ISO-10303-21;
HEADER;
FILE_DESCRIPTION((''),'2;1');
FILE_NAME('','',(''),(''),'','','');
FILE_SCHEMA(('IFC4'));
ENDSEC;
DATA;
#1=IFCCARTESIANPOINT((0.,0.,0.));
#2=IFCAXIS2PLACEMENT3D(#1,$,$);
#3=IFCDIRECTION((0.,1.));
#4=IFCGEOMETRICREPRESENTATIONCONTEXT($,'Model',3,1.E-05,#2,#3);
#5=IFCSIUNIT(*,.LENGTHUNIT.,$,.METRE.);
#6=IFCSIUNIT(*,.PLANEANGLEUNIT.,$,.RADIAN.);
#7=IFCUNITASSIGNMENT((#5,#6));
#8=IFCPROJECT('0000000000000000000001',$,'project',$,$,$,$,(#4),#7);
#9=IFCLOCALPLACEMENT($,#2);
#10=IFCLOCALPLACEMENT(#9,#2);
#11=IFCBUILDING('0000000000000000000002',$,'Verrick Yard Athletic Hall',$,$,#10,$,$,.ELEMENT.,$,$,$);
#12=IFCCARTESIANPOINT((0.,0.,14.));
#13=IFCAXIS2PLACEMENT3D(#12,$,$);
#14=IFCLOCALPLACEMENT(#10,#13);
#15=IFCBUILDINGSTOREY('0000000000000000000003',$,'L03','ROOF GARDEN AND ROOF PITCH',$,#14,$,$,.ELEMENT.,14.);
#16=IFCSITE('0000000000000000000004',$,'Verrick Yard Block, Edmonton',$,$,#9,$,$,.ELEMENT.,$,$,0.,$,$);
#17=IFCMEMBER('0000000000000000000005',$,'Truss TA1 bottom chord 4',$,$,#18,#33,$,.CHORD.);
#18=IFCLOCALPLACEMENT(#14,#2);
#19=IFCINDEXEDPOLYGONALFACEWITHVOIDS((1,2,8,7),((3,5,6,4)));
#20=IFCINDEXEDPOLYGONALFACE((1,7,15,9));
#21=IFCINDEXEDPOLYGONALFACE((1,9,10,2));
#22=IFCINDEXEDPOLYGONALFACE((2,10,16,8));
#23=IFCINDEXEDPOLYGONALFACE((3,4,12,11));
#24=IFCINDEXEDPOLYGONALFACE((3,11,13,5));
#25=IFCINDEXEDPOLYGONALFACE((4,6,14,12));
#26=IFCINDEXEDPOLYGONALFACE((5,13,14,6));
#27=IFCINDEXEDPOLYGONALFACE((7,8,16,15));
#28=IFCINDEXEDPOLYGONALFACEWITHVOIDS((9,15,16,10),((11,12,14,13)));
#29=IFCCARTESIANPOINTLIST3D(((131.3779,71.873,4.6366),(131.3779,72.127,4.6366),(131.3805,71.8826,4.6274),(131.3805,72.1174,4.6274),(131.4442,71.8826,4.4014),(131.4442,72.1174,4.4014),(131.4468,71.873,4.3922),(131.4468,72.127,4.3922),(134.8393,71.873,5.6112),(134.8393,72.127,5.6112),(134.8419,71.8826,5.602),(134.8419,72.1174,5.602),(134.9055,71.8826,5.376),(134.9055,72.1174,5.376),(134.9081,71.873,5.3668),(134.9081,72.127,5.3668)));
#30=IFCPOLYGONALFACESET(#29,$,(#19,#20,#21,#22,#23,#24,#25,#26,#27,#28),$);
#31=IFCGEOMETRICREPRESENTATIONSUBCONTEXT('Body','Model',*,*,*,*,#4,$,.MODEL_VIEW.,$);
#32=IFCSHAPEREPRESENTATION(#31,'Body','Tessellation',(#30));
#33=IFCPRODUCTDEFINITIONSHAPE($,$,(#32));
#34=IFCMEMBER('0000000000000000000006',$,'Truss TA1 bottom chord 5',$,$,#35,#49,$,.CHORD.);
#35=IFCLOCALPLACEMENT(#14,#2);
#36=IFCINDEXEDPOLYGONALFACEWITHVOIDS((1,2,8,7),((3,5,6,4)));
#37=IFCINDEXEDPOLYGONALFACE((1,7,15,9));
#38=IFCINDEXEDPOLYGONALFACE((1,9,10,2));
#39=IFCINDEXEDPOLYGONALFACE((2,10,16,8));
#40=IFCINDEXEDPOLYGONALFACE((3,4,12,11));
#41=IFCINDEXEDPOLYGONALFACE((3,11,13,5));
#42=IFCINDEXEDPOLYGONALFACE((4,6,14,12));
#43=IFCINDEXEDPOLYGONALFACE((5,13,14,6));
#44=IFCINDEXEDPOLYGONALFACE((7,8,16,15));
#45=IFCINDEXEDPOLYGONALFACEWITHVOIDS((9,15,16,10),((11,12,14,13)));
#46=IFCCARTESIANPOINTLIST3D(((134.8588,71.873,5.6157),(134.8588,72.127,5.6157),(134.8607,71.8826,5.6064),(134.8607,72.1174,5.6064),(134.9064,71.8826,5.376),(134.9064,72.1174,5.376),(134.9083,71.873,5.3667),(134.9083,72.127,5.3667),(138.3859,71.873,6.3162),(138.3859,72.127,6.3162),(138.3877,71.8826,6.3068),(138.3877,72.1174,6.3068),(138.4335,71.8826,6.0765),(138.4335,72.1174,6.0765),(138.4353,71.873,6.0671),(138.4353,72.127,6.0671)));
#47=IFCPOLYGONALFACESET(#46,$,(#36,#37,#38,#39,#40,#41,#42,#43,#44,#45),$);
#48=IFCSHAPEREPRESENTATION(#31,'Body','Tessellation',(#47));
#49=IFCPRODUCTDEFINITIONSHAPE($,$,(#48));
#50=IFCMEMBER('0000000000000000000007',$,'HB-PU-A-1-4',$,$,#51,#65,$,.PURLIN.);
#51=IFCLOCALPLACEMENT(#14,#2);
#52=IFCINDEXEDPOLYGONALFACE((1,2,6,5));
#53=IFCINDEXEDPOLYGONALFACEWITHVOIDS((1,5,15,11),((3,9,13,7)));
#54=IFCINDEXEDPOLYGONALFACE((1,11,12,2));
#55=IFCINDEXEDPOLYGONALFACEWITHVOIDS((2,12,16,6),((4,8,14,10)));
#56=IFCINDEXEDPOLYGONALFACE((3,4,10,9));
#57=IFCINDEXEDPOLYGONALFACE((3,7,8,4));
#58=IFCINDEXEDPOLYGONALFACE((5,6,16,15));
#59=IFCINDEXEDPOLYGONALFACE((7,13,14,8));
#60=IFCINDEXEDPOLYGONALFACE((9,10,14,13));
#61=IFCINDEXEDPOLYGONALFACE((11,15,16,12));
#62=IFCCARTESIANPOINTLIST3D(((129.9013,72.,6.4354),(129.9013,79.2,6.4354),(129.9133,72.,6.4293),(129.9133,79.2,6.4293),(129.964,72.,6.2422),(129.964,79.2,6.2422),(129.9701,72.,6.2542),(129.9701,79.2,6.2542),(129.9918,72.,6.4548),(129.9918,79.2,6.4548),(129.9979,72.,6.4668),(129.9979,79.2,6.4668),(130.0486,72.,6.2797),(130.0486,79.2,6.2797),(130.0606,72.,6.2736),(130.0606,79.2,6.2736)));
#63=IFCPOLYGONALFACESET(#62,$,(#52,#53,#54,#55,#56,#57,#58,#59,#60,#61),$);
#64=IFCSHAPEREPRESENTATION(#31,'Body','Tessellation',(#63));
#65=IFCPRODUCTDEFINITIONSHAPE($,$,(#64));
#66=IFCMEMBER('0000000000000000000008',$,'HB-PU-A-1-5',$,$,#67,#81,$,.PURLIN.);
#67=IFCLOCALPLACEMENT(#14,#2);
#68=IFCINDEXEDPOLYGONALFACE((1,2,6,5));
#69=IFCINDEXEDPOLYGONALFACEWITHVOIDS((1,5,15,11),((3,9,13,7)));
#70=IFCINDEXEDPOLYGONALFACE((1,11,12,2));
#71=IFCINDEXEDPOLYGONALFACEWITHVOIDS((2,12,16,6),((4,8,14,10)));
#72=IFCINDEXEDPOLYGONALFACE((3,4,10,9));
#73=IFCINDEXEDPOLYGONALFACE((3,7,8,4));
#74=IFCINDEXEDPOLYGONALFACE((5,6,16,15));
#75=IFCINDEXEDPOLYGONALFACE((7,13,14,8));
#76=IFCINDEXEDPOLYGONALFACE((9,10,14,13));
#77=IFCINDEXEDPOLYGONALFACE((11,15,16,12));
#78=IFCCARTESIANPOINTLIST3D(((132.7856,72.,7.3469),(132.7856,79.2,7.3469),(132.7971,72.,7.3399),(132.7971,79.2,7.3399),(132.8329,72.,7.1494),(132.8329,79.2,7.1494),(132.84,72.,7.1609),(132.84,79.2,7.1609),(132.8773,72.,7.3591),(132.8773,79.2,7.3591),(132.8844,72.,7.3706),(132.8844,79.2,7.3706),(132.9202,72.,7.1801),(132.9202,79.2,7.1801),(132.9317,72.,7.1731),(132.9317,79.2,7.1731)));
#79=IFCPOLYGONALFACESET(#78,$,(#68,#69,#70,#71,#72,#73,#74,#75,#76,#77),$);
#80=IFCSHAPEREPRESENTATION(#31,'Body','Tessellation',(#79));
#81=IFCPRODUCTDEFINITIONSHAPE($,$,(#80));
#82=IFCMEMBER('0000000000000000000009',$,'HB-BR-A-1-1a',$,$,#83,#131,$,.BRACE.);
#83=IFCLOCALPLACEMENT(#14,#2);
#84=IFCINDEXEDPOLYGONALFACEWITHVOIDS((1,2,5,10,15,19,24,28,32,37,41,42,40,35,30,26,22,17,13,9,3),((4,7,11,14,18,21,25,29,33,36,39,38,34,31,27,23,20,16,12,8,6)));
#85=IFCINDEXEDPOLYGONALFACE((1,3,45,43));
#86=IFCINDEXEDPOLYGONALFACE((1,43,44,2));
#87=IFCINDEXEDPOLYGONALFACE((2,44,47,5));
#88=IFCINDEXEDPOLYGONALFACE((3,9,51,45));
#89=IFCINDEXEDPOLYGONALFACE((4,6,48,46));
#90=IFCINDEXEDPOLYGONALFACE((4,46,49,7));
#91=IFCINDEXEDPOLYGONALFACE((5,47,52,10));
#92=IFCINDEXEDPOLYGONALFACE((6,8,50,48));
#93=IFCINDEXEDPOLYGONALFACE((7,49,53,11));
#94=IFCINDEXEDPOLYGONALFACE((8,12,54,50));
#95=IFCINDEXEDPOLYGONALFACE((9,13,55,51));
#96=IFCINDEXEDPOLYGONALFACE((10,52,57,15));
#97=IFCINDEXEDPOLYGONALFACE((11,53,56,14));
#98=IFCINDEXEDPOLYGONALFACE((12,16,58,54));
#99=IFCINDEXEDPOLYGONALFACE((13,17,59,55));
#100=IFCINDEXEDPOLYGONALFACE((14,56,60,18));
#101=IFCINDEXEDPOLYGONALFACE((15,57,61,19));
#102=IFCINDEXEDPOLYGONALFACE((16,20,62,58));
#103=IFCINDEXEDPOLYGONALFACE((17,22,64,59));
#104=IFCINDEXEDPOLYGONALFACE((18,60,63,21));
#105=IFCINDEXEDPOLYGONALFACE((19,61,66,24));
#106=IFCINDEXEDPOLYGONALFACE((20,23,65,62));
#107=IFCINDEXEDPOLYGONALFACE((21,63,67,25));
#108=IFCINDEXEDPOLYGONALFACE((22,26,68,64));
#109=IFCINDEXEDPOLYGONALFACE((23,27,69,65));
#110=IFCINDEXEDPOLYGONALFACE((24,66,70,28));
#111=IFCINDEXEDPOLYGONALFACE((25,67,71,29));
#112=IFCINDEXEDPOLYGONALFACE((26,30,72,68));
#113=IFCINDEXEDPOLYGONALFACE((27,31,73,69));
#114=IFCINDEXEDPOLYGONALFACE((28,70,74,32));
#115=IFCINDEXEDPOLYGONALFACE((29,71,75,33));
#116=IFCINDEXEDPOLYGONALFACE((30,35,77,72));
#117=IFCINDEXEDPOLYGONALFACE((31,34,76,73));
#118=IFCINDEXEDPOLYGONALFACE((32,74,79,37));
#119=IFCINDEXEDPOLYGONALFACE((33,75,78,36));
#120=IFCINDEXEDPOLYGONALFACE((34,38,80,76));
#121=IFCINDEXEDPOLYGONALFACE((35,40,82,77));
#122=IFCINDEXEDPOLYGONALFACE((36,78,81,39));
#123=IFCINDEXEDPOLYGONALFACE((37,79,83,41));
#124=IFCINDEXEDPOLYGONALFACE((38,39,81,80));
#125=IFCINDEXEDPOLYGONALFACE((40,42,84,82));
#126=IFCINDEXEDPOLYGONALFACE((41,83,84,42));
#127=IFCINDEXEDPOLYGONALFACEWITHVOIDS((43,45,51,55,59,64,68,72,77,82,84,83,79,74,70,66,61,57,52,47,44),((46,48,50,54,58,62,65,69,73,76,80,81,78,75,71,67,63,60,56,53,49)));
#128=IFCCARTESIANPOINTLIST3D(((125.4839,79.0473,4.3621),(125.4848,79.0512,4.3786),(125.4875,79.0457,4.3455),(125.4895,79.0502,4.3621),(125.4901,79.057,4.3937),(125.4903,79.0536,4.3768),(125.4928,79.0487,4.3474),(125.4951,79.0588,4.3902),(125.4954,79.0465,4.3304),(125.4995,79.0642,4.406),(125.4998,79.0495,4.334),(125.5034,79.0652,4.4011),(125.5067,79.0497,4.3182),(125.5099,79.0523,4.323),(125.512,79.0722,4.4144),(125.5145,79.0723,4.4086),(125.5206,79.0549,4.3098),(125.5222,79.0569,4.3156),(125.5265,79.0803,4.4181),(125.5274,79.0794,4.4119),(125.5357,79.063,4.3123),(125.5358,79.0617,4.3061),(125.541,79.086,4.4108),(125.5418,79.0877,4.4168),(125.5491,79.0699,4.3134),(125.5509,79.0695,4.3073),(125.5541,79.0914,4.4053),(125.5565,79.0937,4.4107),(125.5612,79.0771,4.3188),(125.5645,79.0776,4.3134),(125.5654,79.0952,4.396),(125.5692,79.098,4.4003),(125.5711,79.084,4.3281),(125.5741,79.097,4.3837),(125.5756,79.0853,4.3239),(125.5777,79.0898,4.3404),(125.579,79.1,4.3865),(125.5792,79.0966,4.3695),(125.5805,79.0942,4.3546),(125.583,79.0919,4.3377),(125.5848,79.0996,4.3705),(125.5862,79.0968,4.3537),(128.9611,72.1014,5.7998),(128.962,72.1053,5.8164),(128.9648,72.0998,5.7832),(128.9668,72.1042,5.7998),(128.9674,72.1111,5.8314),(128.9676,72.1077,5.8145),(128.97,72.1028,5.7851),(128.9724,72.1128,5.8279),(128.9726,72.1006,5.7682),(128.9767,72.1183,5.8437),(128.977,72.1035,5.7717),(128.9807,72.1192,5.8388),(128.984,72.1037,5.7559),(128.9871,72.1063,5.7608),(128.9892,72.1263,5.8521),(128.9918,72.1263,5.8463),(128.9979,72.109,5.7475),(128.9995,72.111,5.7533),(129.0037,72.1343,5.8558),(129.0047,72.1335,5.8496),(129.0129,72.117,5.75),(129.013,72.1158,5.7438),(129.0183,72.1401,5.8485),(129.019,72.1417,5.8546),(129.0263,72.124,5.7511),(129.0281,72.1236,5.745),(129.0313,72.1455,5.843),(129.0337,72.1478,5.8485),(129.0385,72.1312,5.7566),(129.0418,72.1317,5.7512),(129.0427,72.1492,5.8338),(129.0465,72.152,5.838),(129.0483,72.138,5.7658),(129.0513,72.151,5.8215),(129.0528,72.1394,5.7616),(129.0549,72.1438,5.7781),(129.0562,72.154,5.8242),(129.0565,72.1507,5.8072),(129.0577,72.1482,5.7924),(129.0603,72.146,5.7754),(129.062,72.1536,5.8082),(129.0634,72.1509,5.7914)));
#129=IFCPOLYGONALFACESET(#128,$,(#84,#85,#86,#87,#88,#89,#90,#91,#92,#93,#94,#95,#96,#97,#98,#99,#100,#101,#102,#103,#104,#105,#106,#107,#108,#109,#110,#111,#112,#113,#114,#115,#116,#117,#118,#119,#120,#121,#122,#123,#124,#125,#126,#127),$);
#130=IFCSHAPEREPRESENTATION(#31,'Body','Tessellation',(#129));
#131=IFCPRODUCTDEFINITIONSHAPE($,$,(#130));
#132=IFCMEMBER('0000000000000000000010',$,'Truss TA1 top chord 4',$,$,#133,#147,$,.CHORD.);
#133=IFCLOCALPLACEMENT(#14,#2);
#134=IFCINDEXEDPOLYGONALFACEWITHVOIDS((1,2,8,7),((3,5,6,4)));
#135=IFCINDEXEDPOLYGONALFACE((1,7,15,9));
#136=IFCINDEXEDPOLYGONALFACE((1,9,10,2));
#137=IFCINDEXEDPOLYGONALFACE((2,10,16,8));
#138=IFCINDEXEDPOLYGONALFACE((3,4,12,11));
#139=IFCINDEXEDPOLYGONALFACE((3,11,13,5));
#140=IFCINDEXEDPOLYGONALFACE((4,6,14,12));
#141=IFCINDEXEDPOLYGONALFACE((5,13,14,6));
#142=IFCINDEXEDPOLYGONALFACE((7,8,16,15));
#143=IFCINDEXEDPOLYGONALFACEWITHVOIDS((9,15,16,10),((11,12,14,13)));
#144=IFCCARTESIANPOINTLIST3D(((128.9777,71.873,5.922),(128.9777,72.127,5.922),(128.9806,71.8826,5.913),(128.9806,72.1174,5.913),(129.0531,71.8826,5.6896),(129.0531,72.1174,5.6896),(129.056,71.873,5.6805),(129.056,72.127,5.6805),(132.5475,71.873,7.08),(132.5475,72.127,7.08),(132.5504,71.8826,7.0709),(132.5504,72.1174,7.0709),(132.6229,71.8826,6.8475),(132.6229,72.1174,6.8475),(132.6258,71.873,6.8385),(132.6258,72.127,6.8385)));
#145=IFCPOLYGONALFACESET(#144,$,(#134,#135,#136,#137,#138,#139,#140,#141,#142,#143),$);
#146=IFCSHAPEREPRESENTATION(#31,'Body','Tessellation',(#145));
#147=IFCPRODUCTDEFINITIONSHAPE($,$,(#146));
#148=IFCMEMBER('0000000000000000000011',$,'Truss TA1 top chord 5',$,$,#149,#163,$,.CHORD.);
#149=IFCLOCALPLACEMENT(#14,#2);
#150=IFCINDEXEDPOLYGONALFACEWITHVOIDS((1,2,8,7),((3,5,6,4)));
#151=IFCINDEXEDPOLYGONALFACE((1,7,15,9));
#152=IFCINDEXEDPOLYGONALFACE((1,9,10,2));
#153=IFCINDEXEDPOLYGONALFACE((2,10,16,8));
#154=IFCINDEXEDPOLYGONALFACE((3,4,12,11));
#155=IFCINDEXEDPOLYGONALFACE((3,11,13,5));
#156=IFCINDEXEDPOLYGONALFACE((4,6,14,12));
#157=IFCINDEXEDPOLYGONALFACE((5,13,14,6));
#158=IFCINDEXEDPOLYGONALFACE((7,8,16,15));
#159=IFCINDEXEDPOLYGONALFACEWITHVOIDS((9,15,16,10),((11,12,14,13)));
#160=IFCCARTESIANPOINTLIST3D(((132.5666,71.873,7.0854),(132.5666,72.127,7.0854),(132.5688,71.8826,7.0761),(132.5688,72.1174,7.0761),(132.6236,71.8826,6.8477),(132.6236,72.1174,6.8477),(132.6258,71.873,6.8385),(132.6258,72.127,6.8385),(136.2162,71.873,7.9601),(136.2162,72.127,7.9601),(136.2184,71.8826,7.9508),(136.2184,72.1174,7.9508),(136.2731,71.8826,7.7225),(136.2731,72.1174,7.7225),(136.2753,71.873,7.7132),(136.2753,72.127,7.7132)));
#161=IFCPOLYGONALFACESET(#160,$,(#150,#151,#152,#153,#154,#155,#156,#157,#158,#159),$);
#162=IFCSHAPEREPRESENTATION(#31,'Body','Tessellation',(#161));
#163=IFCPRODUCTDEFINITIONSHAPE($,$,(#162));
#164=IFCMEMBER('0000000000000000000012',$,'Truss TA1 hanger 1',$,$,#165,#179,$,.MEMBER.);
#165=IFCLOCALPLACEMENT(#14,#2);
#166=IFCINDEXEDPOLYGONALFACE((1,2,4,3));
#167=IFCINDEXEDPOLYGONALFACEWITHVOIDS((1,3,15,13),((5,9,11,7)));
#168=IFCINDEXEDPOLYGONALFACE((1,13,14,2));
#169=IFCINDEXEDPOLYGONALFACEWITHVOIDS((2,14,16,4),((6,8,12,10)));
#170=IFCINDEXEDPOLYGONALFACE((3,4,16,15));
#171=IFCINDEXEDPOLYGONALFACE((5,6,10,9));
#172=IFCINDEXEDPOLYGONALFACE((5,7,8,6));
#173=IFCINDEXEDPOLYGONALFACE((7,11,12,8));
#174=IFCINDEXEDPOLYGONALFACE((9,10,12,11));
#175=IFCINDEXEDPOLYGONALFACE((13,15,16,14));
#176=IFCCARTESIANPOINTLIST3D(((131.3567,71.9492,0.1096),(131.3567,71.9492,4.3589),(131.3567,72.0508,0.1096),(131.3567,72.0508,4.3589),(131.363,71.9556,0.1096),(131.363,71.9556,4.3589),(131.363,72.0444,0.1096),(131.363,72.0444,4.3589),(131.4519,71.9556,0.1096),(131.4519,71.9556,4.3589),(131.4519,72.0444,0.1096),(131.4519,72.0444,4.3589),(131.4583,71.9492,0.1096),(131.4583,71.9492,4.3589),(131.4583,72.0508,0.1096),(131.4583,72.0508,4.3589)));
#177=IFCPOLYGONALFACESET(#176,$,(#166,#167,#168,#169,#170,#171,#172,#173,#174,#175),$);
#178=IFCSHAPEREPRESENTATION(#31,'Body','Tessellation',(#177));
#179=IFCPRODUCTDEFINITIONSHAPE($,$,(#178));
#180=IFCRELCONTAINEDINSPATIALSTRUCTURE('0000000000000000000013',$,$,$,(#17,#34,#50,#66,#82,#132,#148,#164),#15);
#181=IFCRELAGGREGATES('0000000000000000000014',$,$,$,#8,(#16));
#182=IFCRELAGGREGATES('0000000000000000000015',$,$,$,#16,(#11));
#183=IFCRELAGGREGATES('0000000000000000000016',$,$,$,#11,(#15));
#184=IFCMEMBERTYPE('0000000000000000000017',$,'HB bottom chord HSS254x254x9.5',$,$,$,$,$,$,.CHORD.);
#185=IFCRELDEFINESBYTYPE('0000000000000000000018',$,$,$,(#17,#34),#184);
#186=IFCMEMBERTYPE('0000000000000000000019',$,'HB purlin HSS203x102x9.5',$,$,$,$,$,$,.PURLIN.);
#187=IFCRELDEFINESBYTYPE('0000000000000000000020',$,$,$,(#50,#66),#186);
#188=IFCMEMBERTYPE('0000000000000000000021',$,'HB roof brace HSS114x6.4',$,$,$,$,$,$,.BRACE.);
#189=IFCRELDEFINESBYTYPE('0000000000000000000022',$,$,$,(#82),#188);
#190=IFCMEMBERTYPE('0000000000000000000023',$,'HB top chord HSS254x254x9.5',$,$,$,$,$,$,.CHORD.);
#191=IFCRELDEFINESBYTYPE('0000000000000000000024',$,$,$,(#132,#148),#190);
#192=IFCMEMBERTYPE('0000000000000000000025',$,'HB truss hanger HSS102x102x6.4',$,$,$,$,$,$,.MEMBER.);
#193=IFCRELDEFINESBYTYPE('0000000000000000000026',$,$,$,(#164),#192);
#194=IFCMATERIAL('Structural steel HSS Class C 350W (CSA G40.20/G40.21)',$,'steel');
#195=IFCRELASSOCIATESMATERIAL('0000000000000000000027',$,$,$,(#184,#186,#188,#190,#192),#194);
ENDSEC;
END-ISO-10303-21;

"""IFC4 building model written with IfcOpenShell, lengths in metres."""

from ifc_helpers import new_model, si_unit, direction, frame, origin, origin_2d, place, context, subcontext, project, spatial, hollow_rectangle, hollow_circle, extrude, material, material_profile, profile_set, type_object, element, save


model = new_model("IFC4")

# Units and contexts
model_context = context("Model", 3, precision=1e-05, world=origin(), true_north=direction((0.0, 1.0)))
body_context = subcontext(model_context, "Body", "Model", "MODEL_VIEW")
ifc_project = project(units=[si_unit("LENGTHUNIT", "METRE"), si_unit("PLANEANGLEUNIT", "RADIAN")], contexts=[model_context])

# Site, building, storey
site_placement = place(None, origin())
site = spatial("IfcSite", under=ifc_project, at=site_placement, Name="Verrick Yard Block, Edmonton", CompositionType="ELEMENT", RefElevation=0.0)
building_placement = place(site_placement, origin())
building = spatial("IfcBuilding", under=site, at=building_placement, Name="Verrick Yard Athletic Hall", CompositionType="ELEMENT")
storey_placement = place(building_placement, frame((0.0, 0.0, 14.0)))
storey = spatial("IfcBuildingStorey", under=building, at=storey_placement, Name="L03", Description="ROOF GARDEN AND ROOF PITCH", CompositionType="ELEMENT", Elevation=14.0)

# Members
ifc_material_1 = material(Name="Structural steel HSS Class C 350W (CSA G40.20/G40.21)", Category="steel")
ifc_material_profile_1 = material_profile(ifc_material_1, hollow_rectangle(XDim=0.2539, YDim=0.2539, WallThickness=0.0095, at=origin_2d()), Name="HSS254x254x9.5")
ifc_profile_set_1 = profile_set([ifc_material_profile_1], Name="Structural steel HSS Class C 350W (CSA G40.20/G40.21)")
member_type_1 = type_object("IfcMemberType", Name="HB bottom chord HSS254x254x9.5", PredefinedType="CHORD", material=ifc_profile_set_1)
for number, where, z_axis, x_axis, name in (
    (1, (131.4124, 72.0, 4.5144), (0.962572, 0.0, 0.271025), (0.0, 1.0, 0.0), "Truss TA1 bottom chord 4"),
    (2, (134.8835, 72.0, 5.4912), (0.980846, 0.0, 0.194784), (0.0, 1.0, 0.0), "Truss TA1 bottom chord 5"),
):
    element("IfcMember", number, at=place(storey_placement, frame(where, z_axis=z_axis, x_axis=x_axis)), inside=storey, type_object=member_type_1, Name=name, PredefinedType="CHORD", context=body_context, shape_type="SweptSolid", body=[
        extrude(hollow_rectangle(XDim=0.2539, YDim=0.2539, WallThickness=0.0095, at=origin_2d()), origin(), (0.0, 0.0, 1.0), 3.5959),
    ])
ifc_material_profile_2 = material_profile(ifc_material_1, hollow_rectangle(XDim=0.1016, YDim=0.2031, WallThickness=0.0095, at=origin_2d()), Name="HSS203x102x9.5")
ifc_profile_set_2 = profile_set([ifc_material_profile_2], Name="Structural steel HSS Class C 350W (CSA G40.20/G40.21)")
member_type_2 = type_object("IfcMemberType", Name="HB purlin HSS203x102x9.5", PredefinedType="PURLIN", material=ifc_profile_set_2)
for number, where, z_axis, x_axis, name in (
    (3, (129.981, 72.0, 6.3545), (0.0, 1.0, 0.0), (-0.951214, 0.0, -0.308533), "HB-PU-A-1-4"),
    (4, (132.8586, 72.0, 7.26), (0.0, 1.0, 0.0), (-0.972459, 0.0, -0.233074), "HB-PU-A-1-5"),
):
    element("IfcMember", number, at=place(storey_placement, frame(where, z_axis=z_axis, x_axis=x_axis)), inside=storey, type_object=member_type_2, Name=name, PredefinedType="PURLIN", context=body_context, shape_type="SweptSolid", body=[
        extrude(hollow_rectangle(XDim=0.1016, YDim=0.2031, WallThickness=0.0095, at=origin_2d()), origin(), (0.0, 0.0, 1.0), 7.2),
    ])
ifc_material_profile_3 = material_profile(ifc_material_1, hollow_circle(Radius=0.0571, WallThickness=0.0063, at=origin_2d()), Name="HSS114x6.4")
ifc_profile_set_3 = profile_set([ifc_material_profile_3], Name="Structural steel HSS Class C 350W (CSA G40.20/G40.21)")
member_type_3 = type_object("IfcMemberType", Name="HB roof brace HSS114x6.4", PredefinedType="BRACE", material=ifc_profile_set_3)
member_1_placement = place(storey_placement, frame((129.0122, 72.127, 5.7998), z_axis=(-0.440177, 0.879273, -0.181998), x_axis=(-0.894207, -0.447654, 0.0)))
element("IfcMember", 5, at=member_1_placement, inside=storey, type_object=member_type_3, Name="HB-BR-A-1-1a", PredefinedType="BRACE", context=body_context, shape_type="SweptSolid", body=[
    extrude(hollow_circle(Radius=0.0571, WallThickness=0.0063, at=origin_2d()), origin(), (0.0, 0.0, 1.0), 7.8997),
])
ifc_material_profile_4 = material_profile(ifc_material_1, hollow_rectangle(XDim=0.2539, YDim=0.2539, WallThickness=0.0095, at=origin_2d()), Name="HSS254x254x9.5")
ifc_profile_set_4 = profile_set([ifc_material_profile_4], Name="Structural steel HSS Class C 350W (CSA G40.20/G40.21)")
member_type_4 = type_object("IfcMemberType", Name="HB top chord HSS254x254x9.5", PredefinedType="CHORD", material=ifc_profile_set_4)
for number, where, z_axis, x_axis, name in (
    (6, (129.0168, 72.0, 5.8013), (0.951209, 0.0, 0.308548), (0.0, 1.0, 0.0), "Truss TA1 top chord 4"),
    (7, (132.5962, 72.0, 6.9619), (0.972458, 0.0, 0.23308), (0.0, 1.0, 0.0), "Truss TA1 top chord 5"),
):
    element("IfcMember", number, at=place(storey_placement, frame(where, z_axis=z_axis, x_axis=x_axis)), inside=storey, type_object=member_type_4, Name=name, PredefinedType="CHORD", context=body_context, shape_type="SweptSolid", body=[
        extrude(hollow_rectangle(XDim=0.2539, YDim=0.2539, WallThickness=0.0095, at=origin_2d()), origin(), (0.0, 0.0, 1.0), 3.7529),
    ])
ifc_material_profile_5 = material_profile(ifc_material_1, hollow_rectangle(XDim=0.1016, YDim=0.1016, WallThickness=0.0063, at=origin_2d()), Name="HSS102x102x6.4")
ifc_profile_set_5 = profile_set([ifc_material_profile_5], Name="Structural steel HSS Class C 350W (CSA G40.20/G40.21)")
member_type_5 = type_object("IfcMemberType", Name="HB truss hanger HSS102x102x6.4", PredefinedType="MEMBER", material=ifc_profile_set_5)
member_2_placement = place(storey_placement, frame((131.4075, 72.0, 4.3589), z_axis=(0.0, 0.0, -1.0), x_axis=(0.0, -1.0, 0.0)))
element("IfcMember", 8, at=member_2_placement, inside=storey, type_object=member_type_5, Name="Truss TA1 hanger 1", PredefinedType="MEMBER", context=body_context, shape_type="SweptSolid", body=[
    extrude(hollow_rectangle(XDim=0.1016, YDim=0.1016, WallThickness=0.0063, at=origin_2d()), origin(), (0.0, 0.0, 1.0), 4.2493),
])

save(model, "model.ifc")
